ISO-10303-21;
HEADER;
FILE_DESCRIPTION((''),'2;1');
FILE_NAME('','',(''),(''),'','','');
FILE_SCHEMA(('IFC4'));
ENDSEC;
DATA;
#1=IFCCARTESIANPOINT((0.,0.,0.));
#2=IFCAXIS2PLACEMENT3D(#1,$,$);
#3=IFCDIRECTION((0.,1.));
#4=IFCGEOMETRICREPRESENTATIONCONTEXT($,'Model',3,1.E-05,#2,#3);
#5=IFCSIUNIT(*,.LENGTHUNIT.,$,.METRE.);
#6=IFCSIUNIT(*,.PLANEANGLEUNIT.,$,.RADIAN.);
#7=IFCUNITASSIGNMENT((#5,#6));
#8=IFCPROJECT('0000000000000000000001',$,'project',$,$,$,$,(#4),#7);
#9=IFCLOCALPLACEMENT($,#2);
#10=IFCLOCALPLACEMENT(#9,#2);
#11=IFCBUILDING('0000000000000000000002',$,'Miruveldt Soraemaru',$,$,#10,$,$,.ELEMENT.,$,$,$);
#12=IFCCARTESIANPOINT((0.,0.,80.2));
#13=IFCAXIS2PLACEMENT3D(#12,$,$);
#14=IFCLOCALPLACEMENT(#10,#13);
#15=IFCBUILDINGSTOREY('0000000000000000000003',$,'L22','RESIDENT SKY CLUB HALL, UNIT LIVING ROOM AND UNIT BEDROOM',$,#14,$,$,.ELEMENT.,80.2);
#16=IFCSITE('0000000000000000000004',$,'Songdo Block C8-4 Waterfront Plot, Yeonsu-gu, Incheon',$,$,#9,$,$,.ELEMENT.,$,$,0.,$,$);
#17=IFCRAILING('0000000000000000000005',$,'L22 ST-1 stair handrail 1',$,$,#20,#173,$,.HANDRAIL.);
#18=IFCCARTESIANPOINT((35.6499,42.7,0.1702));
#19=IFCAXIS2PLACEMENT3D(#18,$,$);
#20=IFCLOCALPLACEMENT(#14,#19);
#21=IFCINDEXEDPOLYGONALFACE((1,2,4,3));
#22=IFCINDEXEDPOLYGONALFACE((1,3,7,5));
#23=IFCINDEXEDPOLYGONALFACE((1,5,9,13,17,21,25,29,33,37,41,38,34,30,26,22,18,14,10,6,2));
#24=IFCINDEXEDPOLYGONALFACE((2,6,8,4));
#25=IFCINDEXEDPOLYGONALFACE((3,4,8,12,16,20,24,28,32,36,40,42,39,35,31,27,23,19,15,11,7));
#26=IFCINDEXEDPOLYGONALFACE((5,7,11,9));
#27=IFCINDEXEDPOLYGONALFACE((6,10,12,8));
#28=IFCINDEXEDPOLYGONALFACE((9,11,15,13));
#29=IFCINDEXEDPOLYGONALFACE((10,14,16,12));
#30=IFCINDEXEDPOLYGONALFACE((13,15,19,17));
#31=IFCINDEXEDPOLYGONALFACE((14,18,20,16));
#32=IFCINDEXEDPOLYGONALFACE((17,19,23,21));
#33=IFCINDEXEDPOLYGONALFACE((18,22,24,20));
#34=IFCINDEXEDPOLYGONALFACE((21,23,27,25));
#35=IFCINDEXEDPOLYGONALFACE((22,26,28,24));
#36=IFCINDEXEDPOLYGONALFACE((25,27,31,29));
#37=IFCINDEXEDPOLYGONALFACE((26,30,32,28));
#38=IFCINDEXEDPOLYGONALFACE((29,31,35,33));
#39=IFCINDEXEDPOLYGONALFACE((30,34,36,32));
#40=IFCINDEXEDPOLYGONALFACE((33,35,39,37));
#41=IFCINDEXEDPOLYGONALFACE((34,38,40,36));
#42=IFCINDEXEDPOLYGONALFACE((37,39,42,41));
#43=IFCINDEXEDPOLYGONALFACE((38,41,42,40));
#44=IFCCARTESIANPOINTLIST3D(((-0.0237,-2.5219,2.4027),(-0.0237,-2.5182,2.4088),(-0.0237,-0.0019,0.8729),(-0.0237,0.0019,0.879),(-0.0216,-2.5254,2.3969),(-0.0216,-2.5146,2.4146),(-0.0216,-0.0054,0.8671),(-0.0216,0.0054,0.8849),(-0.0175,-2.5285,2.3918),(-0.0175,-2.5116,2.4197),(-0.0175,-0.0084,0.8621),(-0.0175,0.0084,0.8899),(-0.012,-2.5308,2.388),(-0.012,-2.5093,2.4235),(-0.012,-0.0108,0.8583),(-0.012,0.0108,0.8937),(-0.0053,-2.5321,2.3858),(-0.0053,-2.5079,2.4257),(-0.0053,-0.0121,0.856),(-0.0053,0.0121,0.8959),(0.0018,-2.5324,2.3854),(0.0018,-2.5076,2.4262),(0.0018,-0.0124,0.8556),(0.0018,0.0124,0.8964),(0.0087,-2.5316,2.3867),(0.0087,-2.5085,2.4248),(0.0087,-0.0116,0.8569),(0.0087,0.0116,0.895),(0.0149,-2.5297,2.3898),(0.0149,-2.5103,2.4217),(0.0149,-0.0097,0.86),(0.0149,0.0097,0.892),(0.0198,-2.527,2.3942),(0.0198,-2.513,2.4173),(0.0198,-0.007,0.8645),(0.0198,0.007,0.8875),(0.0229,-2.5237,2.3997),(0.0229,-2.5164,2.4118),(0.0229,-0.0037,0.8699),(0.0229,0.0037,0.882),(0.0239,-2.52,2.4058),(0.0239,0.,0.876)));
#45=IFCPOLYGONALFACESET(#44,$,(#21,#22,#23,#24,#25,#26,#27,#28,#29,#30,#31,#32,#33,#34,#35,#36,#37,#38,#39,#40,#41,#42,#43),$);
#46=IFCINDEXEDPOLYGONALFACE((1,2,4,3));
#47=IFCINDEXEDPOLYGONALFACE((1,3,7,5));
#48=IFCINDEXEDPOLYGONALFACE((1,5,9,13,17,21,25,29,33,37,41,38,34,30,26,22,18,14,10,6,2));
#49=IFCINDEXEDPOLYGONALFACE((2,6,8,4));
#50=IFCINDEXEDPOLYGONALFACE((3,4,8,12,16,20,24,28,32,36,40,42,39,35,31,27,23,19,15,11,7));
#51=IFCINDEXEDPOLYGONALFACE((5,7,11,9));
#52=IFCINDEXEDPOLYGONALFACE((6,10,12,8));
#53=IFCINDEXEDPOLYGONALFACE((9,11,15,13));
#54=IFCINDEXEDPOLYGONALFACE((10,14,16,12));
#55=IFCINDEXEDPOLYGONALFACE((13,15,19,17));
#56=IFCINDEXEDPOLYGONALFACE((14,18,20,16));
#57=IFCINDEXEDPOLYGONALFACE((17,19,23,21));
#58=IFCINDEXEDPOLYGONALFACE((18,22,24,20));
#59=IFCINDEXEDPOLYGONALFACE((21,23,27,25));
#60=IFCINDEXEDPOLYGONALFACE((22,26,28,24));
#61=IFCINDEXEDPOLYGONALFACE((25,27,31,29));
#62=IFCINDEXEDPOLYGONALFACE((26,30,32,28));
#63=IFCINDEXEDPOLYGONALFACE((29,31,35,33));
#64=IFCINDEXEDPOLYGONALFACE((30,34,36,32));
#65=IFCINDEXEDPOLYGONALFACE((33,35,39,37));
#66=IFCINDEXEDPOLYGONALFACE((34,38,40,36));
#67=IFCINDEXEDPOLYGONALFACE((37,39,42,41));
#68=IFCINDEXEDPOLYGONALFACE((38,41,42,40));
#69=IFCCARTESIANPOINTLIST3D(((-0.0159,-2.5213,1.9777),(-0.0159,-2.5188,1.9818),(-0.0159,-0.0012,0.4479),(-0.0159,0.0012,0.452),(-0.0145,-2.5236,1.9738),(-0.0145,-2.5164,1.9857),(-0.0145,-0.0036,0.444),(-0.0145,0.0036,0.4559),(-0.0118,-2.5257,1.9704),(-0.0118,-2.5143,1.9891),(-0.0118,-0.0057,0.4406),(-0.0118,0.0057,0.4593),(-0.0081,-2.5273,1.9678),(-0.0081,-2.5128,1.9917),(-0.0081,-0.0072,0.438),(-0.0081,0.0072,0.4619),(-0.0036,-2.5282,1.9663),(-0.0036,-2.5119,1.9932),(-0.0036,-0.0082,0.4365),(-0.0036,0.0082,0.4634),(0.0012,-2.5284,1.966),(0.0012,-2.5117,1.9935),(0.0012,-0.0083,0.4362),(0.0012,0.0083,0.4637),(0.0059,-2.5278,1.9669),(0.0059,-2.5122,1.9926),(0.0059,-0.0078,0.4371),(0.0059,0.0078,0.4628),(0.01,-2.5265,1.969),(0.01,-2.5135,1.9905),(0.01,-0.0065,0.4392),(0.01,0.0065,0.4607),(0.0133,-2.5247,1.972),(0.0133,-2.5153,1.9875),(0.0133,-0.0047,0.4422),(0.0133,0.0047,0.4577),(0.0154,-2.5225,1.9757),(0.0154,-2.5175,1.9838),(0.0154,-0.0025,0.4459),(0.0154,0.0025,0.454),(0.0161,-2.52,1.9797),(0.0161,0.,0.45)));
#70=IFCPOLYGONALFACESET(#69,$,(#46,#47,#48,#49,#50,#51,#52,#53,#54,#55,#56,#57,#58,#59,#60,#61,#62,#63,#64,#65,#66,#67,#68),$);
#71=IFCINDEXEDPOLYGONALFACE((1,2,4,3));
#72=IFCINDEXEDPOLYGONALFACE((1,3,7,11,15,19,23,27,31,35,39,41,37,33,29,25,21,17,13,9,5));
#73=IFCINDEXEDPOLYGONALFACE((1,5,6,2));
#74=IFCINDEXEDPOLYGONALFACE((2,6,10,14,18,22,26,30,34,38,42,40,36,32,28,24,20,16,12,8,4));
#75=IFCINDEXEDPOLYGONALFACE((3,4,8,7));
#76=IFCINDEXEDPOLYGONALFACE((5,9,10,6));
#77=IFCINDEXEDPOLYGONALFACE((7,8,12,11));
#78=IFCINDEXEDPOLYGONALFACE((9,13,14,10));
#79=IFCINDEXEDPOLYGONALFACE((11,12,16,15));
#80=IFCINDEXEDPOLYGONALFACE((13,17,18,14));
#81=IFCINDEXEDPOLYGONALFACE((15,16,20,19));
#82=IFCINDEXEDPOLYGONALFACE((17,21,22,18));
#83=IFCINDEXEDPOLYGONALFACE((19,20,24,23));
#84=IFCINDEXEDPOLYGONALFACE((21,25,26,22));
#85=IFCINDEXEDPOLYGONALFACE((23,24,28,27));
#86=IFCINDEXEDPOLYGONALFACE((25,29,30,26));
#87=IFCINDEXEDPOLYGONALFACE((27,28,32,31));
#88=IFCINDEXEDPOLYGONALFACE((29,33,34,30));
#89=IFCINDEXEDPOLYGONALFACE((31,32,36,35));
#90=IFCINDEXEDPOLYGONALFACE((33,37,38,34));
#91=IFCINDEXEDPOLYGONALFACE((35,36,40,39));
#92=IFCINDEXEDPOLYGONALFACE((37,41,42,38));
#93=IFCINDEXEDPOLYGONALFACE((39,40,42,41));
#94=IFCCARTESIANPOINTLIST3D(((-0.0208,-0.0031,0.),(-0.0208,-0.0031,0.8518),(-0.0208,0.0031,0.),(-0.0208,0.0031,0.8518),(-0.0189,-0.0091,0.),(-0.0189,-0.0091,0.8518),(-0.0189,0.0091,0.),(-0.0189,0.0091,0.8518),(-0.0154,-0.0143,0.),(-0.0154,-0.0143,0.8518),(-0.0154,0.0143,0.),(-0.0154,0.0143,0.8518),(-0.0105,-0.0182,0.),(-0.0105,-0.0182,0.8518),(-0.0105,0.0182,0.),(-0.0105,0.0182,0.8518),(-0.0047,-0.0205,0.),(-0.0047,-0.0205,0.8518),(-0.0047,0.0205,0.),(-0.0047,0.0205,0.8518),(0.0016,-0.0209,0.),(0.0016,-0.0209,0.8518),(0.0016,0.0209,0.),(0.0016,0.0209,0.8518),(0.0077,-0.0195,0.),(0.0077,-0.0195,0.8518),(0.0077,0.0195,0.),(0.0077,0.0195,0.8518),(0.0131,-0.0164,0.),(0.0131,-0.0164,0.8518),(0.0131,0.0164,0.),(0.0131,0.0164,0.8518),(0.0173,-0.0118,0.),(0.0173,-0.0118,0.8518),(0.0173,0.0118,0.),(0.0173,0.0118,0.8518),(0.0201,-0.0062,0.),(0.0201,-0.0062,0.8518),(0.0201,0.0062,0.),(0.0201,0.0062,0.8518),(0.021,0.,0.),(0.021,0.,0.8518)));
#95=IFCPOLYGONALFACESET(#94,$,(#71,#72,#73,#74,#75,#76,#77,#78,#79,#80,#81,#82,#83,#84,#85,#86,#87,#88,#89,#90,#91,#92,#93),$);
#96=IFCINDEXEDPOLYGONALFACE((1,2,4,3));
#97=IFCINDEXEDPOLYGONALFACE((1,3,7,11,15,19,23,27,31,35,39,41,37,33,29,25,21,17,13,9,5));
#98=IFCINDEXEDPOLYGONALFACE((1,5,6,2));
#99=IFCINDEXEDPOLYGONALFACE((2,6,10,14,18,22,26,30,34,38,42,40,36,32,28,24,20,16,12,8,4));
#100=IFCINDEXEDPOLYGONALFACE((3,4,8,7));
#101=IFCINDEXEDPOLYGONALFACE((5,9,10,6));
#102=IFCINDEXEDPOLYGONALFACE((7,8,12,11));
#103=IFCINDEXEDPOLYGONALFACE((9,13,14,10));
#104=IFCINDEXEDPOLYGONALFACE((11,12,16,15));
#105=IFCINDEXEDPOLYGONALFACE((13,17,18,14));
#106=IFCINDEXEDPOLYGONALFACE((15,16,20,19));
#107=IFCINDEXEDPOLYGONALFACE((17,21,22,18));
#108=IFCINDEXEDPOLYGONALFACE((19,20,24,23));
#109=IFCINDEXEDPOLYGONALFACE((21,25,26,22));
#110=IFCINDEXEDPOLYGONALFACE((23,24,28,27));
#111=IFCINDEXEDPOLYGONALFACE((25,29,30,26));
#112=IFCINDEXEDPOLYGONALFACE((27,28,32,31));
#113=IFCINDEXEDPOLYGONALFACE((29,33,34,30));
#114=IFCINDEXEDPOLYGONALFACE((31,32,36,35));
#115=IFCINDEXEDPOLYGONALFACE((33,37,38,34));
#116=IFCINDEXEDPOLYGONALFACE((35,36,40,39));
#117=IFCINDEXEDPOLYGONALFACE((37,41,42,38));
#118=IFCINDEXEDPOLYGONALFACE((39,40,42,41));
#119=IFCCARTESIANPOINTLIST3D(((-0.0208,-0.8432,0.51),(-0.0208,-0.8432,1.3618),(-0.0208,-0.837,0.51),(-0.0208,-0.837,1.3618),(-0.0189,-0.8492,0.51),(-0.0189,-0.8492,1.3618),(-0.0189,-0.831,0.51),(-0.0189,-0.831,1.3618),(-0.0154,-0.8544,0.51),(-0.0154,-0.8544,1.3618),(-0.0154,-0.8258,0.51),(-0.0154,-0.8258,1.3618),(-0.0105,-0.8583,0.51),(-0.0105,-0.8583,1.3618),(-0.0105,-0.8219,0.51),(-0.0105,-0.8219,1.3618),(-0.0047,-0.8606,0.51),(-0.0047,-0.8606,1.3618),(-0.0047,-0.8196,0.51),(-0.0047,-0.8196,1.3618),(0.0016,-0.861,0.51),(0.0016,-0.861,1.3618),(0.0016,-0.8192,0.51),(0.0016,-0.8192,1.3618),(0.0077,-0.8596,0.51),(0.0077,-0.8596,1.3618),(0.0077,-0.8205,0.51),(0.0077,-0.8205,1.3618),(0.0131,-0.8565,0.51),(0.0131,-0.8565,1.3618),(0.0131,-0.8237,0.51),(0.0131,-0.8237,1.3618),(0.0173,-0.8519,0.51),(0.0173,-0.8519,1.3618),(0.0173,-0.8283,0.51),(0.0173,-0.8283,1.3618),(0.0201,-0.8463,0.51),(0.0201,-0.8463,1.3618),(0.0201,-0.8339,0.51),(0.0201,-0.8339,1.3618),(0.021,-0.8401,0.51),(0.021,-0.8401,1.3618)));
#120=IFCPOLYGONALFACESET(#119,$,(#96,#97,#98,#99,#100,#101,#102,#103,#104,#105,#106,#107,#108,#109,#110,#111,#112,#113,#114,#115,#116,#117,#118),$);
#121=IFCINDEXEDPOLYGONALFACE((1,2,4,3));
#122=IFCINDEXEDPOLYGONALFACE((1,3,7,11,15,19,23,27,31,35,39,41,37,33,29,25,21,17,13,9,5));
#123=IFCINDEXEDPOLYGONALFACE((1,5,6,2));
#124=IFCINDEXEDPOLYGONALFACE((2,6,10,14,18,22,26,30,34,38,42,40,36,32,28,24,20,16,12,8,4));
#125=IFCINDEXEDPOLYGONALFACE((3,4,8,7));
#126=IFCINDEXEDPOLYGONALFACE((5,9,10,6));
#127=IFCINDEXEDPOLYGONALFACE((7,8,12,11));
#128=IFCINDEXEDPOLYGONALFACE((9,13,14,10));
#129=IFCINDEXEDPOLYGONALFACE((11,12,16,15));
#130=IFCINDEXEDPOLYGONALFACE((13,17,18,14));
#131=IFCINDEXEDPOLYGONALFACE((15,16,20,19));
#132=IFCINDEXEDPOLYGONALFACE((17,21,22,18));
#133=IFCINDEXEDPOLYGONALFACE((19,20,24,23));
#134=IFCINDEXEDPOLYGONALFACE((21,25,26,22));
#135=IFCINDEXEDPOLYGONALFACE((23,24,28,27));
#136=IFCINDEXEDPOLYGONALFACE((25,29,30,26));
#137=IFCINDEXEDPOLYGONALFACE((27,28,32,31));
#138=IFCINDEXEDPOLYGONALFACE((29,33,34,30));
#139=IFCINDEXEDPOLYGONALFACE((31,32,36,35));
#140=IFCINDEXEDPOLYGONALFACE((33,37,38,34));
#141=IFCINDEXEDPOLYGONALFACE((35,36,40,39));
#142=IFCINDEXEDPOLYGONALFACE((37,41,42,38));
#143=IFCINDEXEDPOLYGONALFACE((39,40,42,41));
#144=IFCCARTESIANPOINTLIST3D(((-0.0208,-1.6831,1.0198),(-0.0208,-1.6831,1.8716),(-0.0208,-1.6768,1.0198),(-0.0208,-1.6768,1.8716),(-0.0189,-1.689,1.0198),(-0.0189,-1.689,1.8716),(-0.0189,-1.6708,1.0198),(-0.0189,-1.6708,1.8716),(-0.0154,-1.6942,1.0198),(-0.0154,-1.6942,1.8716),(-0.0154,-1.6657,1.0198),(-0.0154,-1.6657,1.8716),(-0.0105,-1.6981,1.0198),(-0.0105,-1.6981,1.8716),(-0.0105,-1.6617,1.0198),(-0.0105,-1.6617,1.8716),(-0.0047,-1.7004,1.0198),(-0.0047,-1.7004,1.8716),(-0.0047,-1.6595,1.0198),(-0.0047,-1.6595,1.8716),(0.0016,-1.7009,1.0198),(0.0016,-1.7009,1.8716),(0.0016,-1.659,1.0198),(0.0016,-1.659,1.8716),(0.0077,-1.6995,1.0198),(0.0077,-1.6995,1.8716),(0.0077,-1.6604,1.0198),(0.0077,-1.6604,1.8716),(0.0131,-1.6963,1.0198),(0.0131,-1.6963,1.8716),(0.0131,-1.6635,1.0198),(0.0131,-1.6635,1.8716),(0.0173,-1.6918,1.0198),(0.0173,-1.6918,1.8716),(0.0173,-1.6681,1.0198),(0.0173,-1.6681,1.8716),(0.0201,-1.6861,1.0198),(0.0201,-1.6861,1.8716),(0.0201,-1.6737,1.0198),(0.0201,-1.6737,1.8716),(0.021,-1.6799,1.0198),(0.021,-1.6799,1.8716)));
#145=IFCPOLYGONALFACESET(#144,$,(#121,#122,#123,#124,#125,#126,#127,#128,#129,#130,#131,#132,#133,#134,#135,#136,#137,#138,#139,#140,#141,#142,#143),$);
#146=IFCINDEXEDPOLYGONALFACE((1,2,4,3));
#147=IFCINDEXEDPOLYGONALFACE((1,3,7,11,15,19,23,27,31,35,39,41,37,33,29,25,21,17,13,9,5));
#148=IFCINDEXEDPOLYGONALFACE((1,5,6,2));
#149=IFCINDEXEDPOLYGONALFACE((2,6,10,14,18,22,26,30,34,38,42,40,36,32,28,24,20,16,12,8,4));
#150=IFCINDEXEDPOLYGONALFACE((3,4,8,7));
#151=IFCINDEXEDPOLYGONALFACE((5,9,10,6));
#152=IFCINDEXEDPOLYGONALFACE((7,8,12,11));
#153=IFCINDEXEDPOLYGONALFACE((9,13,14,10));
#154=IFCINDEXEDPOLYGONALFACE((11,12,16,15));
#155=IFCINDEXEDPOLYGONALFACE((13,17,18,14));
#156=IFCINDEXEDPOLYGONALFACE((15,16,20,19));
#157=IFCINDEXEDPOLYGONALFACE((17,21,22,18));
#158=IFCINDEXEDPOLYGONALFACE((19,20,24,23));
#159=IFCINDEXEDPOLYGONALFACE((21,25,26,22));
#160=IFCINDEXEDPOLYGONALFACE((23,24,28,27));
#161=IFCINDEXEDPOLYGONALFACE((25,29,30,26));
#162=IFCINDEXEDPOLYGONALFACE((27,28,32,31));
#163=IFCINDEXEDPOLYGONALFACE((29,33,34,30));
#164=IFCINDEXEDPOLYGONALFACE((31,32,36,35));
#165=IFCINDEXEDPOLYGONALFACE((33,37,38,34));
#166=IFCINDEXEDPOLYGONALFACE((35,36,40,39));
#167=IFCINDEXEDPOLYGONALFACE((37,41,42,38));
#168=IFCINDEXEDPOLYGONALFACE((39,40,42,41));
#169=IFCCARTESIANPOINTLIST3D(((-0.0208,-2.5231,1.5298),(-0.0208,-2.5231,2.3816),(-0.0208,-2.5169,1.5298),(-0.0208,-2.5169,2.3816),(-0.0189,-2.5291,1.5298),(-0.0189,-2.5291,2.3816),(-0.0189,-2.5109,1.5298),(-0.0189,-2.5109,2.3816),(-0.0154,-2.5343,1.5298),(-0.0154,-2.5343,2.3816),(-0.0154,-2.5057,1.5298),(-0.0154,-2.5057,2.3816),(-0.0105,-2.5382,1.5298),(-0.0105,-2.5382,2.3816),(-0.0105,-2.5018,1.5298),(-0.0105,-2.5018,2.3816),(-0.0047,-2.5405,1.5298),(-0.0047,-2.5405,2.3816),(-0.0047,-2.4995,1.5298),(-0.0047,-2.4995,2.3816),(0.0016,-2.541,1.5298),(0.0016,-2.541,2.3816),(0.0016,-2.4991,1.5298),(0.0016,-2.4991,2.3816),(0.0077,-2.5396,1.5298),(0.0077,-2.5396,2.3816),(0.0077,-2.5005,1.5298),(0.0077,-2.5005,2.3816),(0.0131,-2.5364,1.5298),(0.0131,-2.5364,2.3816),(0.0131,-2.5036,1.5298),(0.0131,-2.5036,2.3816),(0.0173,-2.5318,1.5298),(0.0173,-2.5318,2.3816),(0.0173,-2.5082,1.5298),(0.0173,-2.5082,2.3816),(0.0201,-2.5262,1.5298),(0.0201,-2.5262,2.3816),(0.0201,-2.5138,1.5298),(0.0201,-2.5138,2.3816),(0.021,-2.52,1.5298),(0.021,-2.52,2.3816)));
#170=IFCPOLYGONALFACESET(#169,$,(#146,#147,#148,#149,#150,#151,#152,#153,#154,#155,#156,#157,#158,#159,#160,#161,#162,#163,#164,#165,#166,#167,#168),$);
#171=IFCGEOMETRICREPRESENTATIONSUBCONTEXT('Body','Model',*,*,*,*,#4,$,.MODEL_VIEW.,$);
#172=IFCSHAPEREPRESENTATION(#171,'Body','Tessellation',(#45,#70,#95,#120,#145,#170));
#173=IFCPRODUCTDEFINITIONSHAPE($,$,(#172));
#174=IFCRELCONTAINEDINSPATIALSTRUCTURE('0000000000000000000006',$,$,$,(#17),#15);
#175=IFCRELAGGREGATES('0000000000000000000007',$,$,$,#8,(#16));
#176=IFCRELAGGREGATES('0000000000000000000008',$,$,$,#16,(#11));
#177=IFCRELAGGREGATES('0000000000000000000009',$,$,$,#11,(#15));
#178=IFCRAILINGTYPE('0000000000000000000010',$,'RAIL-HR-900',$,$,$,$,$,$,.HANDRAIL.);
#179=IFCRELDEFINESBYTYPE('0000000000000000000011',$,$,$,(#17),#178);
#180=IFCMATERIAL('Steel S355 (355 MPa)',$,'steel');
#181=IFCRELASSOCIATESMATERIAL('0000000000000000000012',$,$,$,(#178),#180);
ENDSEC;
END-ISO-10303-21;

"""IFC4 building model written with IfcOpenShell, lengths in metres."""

from ifc_helpers import new_model, si_unit, direction, frame, origin, origin_2d, place, context, subcontext, project, spatial, circle, extrude, material, type_object, element, save


model = new_model("IFC4")

# Units and contexts
model_context = context("Model", 3, precision=1e-05, world=origin(), true_north=direction((0.0, 1.0)))
body_context = subcontext(model_context, "Body", "Model", "MODEL_VIEW")
ifc_project = project(units=[si_unit("LENGTHUNIT", "METRE"), si_unit("PLANEANGLEUNIT", "RADIAN")], contexts=[model_context])

# Site, building, storey
site_placement = place(None, origin())
site = spatial("IfcSite", under=ifc_project, at=site_placement, Name="Songdo Block C8-4 Waterfront Plot, Yeonsu-gu, Incheon", CompositionType="ELEMENT", RefElevation=0.0)
building_placement = place(site_placement, origin())
building = spatial("IfcBuilding", under=site, at=building_placement, Name="Miruveldt Soraemaru", CompositionType="ELEMENT")
storey_placement = place(building_placement, frame((0.0, 0.0, 80.2)))
storey = spatial("IfcBuildingStorey", under=building, at=storey_placement, Name="L22", Description="RESIDENT SKY CLUB HALL, UNIT LIVING ROOM AND UNIT BEDROOM", CompositionType="ELEMENT", Elevation=80.2)

# Railing
ifc_material_1 = material(Name="Steel S355 (355 MPa)", Category="steel")
railing_type_1 = type_object("IfcRailingType", Name="RAIL-HR-900", PredefinedType="HANDRAIL", material=ifc_material_1)
railing_1_placement = place(storey_placement, frame((35.6499, 42.7, 0.1702)))
element("IfcRailing", 1, at=railing_1_placement, inside=storey, type_object=railing_type_1, Name="L22 ST-1 stair handrail 1", PredefinedType="HANDRAIL", context=body_context, shape_type="SweptSolid", body=[
    extrude(circle(Radius=0.0239, at=origin_2d()), frame((0.0, 0.0, 0.876), z_axis=(0.0, -0.854822, 0.518922), x_axis=(1.0, 0.0, 0.0)), (0.0, 0.0, 1.0), 2.948),
    extrude(circle(Radius=0.0161, at=origin_2d()), frame((0.0, 0.0, 0.45), z_axis=(0.0, -0.854822, 0.518922), x_axis=(1.0, 0.0, 0.0)), (0.0, 0.0, 1.0), 2.948),
    extrude(circle(Radius=0.021, at=origin_2d()), origin(), (0.0, 0.0, 1.0), 0.8518),
    extrude(circle(Radius=0.021, at=origin_2d()), frame((0.0, -0.8401, 0.51)), (0.0, 0.0, 1.0), 0.8518),
    extrude(circle(Radius=0.021, at=origin_2d()), frame((0.0, -1.6799, 1.0198)), (0.0, 0.0, 1.0), 0.8518),
    extrude(circle(Radius=0.021, at=origin_2d()), frame((0.0, -2.52, 1.5298)), (0.0, 0.0, 1.0), 0.8518),
])

save(model, "model.ifc")
